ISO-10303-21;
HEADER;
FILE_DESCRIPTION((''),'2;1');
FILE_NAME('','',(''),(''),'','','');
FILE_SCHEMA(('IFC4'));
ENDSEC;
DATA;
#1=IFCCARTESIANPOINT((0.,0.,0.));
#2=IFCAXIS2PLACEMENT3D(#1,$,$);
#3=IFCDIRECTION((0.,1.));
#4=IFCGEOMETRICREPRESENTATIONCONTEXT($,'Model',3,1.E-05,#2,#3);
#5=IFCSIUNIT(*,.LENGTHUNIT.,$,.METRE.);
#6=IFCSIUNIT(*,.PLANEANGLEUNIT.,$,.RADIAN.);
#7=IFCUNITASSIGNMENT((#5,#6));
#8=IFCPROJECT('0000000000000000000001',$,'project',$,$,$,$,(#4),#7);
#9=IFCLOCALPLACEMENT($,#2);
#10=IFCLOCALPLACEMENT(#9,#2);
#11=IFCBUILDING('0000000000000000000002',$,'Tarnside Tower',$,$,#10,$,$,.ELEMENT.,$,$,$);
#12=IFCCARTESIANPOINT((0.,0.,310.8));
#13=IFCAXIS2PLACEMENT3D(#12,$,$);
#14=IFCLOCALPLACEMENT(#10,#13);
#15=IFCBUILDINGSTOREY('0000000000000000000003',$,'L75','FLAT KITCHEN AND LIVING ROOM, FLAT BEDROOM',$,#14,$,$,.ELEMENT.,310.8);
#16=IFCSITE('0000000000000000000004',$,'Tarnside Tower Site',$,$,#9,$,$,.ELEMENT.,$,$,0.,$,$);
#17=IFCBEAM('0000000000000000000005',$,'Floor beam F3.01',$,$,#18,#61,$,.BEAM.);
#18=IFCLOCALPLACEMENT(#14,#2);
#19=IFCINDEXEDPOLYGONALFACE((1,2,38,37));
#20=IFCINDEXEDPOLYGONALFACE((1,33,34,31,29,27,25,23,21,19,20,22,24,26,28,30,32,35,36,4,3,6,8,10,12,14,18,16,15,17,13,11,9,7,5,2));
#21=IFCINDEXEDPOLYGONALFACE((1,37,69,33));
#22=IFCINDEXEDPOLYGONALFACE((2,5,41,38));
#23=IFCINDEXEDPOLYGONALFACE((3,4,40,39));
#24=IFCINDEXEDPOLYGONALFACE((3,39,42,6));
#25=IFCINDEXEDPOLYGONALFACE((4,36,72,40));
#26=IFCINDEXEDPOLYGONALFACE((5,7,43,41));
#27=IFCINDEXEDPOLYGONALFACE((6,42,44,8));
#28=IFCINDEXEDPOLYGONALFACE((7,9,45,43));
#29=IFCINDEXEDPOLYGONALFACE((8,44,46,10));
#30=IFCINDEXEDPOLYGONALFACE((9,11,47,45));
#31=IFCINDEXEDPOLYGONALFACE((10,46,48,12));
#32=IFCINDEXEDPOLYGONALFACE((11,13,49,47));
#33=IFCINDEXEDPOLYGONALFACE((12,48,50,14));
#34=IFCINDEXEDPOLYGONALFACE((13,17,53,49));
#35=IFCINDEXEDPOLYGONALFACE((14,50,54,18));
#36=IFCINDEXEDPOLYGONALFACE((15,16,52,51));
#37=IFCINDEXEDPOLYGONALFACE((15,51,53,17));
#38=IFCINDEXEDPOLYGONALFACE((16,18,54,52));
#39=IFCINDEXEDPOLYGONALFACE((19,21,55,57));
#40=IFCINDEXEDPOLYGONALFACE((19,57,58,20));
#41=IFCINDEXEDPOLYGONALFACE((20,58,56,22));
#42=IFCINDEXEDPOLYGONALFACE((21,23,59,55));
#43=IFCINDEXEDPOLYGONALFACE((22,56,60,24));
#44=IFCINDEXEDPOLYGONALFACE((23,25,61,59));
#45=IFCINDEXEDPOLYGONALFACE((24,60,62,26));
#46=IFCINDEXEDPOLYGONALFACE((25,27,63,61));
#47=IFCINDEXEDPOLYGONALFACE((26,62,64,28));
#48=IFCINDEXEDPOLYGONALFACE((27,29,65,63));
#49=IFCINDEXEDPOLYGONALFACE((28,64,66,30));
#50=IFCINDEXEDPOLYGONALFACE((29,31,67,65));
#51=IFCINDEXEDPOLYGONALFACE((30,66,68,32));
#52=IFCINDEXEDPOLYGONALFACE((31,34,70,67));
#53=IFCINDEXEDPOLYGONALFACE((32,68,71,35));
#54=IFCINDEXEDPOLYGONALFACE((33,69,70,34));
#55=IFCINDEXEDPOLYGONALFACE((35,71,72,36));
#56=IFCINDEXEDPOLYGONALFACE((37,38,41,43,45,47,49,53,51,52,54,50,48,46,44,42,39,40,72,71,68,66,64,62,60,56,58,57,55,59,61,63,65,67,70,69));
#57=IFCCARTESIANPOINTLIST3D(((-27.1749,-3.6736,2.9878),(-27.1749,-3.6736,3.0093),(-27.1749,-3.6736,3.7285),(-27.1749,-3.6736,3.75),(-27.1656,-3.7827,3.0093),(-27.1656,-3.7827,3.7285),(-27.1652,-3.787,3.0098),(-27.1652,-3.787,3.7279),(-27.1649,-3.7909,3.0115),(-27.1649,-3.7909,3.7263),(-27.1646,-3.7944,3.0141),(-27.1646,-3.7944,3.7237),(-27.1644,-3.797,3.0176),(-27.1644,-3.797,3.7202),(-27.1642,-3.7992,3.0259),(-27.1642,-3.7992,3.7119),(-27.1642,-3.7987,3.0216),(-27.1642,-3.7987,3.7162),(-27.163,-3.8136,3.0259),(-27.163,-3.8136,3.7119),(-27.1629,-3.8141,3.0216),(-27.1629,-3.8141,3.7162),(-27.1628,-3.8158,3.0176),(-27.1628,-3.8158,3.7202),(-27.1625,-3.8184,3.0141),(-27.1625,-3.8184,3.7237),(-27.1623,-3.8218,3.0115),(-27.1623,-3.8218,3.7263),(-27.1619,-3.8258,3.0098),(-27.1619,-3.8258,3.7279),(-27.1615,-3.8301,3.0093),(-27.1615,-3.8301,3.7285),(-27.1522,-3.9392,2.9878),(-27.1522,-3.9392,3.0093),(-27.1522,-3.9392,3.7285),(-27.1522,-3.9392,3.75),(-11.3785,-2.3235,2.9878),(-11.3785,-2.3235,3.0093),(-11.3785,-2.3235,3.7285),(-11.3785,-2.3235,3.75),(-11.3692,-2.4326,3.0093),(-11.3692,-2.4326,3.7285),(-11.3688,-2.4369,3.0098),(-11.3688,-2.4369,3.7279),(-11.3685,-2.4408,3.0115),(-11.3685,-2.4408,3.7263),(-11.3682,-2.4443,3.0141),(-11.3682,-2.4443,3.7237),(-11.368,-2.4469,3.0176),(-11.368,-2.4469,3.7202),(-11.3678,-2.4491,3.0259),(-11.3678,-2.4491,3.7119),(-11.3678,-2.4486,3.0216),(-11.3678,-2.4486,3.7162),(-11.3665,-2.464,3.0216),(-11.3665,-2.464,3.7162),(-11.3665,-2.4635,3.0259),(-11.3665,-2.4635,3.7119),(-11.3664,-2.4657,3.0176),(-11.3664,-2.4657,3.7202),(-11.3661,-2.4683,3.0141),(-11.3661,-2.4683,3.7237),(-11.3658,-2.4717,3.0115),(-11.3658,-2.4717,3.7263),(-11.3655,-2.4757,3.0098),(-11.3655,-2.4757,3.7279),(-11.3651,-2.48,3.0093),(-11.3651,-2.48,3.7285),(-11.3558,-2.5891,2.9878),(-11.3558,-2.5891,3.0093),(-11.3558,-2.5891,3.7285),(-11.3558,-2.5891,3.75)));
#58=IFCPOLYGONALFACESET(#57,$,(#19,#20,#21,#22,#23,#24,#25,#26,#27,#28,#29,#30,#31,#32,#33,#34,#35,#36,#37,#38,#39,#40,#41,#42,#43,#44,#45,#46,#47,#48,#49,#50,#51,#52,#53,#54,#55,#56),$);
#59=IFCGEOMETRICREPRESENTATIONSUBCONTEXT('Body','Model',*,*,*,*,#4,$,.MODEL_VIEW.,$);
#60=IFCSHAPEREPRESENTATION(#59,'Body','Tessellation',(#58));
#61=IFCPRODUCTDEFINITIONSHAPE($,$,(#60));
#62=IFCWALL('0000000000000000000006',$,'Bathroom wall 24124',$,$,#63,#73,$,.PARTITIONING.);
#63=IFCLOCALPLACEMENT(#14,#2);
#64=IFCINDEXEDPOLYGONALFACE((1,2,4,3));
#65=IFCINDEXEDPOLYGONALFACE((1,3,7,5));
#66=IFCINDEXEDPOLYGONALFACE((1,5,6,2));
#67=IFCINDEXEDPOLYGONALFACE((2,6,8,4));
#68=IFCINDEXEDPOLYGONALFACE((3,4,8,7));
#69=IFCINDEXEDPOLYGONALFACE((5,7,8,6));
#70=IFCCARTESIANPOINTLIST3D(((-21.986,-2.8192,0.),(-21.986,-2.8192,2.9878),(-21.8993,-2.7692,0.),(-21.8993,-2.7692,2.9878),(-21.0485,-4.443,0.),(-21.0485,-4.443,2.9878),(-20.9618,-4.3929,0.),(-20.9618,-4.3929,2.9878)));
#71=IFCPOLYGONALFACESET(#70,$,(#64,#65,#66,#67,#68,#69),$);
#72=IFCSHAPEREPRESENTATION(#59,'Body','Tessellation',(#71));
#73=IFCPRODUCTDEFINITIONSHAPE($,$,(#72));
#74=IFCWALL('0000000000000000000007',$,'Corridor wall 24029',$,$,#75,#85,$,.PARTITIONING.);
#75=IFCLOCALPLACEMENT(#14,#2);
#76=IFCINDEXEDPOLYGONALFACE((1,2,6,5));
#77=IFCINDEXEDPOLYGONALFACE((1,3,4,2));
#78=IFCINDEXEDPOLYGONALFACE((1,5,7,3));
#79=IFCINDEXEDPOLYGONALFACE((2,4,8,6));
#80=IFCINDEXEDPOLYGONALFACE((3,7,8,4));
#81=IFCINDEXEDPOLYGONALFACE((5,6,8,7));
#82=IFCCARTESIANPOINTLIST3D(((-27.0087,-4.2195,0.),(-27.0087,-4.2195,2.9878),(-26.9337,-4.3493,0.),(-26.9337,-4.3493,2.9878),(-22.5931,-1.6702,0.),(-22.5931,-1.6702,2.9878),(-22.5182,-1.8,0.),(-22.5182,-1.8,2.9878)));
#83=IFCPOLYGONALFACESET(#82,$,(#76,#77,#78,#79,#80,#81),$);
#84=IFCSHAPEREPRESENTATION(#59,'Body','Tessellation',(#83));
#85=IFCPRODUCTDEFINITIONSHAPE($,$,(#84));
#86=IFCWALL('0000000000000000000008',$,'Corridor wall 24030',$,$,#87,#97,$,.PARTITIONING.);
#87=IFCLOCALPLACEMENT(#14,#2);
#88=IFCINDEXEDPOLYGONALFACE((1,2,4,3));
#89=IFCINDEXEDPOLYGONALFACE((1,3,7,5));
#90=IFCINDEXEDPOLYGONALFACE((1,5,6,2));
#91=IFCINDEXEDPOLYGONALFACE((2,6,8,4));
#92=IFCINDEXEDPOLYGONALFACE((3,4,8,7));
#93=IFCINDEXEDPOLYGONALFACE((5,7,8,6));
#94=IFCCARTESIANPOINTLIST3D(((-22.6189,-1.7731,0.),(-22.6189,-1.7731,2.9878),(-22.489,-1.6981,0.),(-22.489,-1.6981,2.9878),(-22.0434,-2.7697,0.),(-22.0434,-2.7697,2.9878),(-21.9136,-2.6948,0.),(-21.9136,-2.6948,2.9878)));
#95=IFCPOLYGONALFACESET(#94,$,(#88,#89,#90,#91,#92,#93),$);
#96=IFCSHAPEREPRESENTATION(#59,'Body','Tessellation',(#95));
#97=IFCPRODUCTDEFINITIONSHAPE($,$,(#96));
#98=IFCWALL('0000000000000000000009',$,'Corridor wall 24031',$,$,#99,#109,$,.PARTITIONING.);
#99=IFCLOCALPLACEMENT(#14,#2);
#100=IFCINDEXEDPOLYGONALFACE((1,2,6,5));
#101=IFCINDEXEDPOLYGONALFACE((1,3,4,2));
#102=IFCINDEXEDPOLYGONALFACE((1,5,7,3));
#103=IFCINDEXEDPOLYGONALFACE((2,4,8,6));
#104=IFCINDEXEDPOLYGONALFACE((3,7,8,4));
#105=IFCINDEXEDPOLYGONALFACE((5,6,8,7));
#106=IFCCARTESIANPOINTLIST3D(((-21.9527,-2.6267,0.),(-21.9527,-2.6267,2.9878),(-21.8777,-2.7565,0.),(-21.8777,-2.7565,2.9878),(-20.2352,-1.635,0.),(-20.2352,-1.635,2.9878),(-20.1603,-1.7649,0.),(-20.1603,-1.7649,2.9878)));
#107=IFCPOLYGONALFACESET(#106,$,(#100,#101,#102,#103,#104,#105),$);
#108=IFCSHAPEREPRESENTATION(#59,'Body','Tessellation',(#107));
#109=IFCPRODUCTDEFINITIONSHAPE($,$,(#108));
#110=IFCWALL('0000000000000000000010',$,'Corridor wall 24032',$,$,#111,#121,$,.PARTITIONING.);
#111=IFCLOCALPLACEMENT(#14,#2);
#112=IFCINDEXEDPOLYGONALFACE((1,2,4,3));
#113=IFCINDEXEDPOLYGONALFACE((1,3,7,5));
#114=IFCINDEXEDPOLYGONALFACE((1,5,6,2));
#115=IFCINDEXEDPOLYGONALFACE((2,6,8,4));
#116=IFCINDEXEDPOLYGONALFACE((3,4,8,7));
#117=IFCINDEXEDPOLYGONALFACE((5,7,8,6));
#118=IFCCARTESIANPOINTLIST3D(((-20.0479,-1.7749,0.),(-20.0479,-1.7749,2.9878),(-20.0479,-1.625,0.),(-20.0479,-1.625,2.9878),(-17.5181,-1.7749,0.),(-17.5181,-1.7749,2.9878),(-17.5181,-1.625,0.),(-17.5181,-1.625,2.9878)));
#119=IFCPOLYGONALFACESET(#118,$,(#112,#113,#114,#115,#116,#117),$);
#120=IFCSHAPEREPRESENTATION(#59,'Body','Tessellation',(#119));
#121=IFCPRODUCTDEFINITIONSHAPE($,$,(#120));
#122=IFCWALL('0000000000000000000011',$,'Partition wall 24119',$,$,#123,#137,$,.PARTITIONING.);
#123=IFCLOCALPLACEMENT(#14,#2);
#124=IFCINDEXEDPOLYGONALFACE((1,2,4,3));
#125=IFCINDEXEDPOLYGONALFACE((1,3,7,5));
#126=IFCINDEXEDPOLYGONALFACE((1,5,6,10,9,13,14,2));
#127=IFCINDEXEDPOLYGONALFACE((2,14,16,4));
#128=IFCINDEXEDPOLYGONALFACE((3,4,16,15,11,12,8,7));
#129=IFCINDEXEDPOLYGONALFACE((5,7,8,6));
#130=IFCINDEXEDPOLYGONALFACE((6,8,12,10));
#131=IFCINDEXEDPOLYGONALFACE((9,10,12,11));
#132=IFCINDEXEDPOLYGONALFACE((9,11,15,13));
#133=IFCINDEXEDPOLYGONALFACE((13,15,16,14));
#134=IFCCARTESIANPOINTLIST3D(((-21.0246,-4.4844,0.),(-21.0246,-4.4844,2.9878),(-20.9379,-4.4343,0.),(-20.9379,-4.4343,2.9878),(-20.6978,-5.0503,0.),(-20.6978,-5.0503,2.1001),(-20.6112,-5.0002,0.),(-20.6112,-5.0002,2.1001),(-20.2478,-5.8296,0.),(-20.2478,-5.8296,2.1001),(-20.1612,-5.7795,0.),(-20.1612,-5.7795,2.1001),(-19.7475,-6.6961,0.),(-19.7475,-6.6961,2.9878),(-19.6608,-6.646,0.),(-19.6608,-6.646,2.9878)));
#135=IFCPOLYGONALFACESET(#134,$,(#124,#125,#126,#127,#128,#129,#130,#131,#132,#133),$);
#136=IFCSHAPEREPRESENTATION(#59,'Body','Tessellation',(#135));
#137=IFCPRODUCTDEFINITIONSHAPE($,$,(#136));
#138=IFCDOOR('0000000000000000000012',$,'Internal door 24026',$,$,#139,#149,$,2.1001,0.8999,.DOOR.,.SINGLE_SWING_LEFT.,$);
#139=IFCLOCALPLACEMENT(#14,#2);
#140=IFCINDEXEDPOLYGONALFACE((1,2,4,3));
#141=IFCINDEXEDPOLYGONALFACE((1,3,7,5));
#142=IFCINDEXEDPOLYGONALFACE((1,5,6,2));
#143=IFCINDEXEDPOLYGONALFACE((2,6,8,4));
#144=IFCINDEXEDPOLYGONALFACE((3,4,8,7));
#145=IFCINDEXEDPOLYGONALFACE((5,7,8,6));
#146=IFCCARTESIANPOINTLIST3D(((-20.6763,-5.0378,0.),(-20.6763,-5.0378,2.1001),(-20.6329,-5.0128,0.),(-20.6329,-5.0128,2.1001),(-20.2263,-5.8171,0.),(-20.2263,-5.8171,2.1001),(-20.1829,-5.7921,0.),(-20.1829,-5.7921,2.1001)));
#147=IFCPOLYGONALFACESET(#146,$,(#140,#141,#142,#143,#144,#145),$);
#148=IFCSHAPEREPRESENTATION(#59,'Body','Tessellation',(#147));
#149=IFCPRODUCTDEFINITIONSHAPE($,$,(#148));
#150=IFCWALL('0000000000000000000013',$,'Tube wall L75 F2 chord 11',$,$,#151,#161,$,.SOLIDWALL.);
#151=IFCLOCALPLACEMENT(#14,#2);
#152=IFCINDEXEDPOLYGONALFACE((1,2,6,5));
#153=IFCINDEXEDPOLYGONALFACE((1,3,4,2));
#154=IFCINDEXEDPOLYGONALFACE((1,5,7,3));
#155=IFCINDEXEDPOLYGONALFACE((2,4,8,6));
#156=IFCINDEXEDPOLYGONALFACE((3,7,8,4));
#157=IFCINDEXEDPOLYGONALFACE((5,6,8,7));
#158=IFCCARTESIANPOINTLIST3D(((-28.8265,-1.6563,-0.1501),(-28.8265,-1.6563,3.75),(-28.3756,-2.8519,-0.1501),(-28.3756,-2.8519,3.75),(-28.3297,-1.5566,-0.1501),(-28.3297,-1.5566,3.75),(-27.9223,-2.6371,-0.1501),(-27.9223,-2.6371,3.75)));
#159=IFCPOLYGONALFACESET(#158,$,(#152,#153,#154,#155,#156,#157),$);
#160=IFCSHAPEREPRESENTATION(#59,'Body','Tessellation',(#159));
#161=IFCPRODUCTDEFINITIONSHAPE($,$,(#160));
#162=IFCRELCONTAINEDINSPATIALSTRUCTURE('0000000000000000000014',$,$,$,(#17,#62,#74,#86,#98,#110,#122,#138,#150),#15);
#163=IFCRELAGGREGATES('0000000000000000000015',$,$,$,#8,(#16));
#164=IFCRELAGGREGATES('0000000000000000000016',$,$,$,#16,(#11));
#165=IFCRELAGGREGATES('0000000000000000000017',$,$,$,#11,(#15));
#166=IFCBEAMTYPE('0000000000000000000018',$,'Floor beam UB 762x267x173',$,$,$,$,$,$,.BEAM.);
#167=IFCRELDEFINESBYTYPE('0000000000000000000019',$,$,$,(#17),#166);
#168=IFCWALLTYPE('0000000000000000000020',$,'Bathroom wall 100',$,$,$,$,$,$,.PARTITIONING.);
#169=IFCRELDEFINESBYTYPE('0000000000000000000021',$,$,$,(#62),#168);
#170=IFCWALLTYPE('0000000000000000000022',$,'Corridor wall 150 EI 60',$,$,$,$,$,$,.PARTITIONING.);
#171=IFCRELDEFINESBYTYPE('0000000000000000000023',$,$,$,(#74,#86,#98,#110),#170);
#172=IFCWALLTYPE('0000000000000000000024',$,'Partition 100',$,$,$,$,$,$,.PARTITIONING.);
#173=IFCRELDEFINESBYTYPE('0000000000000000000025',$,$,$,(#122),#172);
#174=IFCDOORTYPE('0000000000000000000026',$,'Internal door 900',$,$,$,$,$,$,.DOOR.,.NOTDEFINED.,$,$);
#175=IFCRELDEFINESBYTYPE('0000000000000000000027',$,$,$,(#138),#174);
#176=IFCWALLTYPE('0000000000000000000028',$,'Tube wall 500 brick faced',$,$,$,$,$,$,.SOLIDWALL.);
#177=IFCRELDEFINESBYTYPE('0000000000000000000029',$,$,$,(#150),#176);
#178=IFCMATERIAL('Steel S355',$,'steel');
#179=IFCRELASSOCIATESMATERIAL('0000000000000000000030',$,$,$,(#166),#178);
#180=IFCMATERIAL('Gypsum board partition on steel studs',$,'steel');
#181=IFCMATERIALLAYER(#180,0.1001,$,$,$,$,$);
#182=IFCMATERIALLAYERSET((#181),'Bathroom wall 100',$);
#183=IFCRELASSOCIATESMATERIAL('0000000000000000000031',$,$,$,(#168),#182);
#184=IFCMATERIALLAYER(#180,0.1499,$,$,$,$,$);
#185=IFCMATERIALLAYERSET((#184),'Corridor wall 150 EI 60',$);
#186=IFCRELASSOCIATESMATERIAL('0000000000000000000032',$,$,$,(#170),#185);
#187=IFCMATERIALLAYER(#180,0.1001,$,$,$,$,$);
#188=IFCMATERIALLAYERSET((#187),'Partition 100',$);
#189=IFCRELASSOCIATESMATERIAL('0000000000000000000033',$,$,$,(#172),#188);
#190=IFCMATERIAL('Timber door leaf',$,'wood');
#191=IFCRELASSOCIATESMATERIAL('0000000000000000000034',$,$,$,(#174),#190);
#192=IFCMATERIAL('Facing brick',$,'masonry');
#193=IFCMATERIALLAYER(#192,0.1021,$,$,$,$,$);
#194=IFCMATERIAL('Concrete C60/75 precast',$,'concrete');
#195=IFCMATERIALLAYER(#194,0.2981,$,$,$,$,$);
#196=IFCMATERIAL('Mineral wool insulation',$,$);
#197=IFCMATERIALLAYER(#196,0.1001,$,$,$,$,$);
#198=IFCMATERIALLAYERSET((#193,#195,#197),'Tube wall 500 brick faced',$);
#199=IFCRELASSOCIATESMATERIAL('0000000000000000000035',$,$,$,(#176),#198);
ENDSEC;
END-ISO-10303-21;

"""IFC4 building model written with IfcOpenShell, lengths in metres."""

from ifc_helpers import new_model, si_unit, direction, frame, frame_2d, origin, origin_2d, place, context, subcontext, project, spatial, polyline, rectangle, i_section, outline, extrude, material, layer, layer_set, material_profile, profile_set, type_object, element, fill, save


model = new_model("IFC4")

# Units and contexts
model_context = context("Model", 3, precision=1e-05, world=origin(), true_north=direction((0.0, 1.0)))
body_context = subcontext(model_context, "Body", "Model", "MODEL_VIEW")
ifc_project = project(units=[si_unit("LENGTHUNIT", "METRE"), si_unit("PLANEANGLEUNIT", "RADIAN")], contexts=[model_context])

# Site, building, storey
site_placement = place(None, origin())
site = spatial("IfcSite", under=ifc_project, at=site_placement, Name="Tarnside Tower Site", CompositionType="ELEMENT", RefElevation=0.0)
building_placement = place(site_placement, origin())
building = spatial("IfcBuilding", under=site, at=building_placement, Name="Tarnside Tower", CompositionType="ELEMENT")
storey_placement = place(building_placement, frame((0.0, 0.0, 310.8)))
storey = spatial("IfcBuildingStorey", under=building, at=storey_placement, Name="L75", Description="FLAT KITCHEN AND LIVING ROOM, FLAT BEDROOM", CompositionType="ELEMENT", Elevation=310.8)

# Beam
ifc_material_1 = material(Name="Steel S355", Category="steel")
ifc_material_profile = material_profile(ifc_material_1, i_section(OverallWidth=0.2666, OverallDepth=0.7622, WebThickness=0.0144, FlangeThickness=0.0215, FilletRadius=0.0166, at=origin_2d()), Name="UB 762x267x173")
ifc_profile_set = profile_set([ifc_material_profile], Name="Steel S355")
beam_type = type_object("IfcBeamType", Name="Floor beam UB 762x267x173", PredefinedType="BEAM", material=ifc_profile_set)
beam_placement = place(storey_placement, frame((-27.1636, -3.8064, 3.3689), z_axis=(0.996367, 0.085158, 0.0), x_axis=(-0.085158, 0.996367, 0.0)))
element("IfcBeam", 1, at=beam_placement, inside=storey, type_object=beam_type, Name="Floor beam F3.01", PredefinedType="BEAM", context=body_context, shape_type="SweptSolid", body=[
    extrude(i_section(OverallWidth=0.2666, OverallDepth=0.7622, WebThickness=0.0144, FlangeThickness=0.0215, FilletRadius=0.0166, at=origin_2d()), origin(), (0.0, 0.0, 1.0), 15.854),
])

# Walls
ifc_material_2 = material(Name="Gypsum board partition on steel studs", Category="steel")
ifc_layer_1 = layer(ifc_material_2, 0.1001)
ifc_layer_set_1 = layer_set([ifc_layer_1], Name="Bathroom wall 100")
wall_type_1 = type_object("IfcWallType", Name="Bathroom wall 100", PredefinedType="PARTITIONING", material=ifc_layer_set_1)
wall_1_placement = place(storey_placement, frame((-21.0051, -4.418, 0.0), z_axis=(0.0, 0.0, 1.0), x_axis=(-0.500004, 0.866023, 0.0)))
element("IfcWall", 2, at=wall_1_placement, inside=storey, type_object=wall_type_1, Name="Bathroom wall 24124", PredefinedType="PARTITIONING", context=body_context, shape_type="SweptSolid", body=[
    extrude(rectangle(XDim=1.875, YDim=0.1001, at=frame_2d((0.9375, 0.0))), origin(), (0.0, 0.0, 1.0), 2.9878),
])
ifc_layer_2 = layer(ifc_material_2, 0.1499)
ifc_layer_set_2 = layer_set([ifc_layer_2], Name="Corridor wall 150 EI 60")
wall_type_2 = type_object("IfcWallType", Name="Corridor wall 150 EI 60", PredefinedType="PARTITIONING", material=ifc_layer_set_2)
wall_2_placement = place(storey_placement, frame((-26.9712, -4.2844, 0.0), z_axis=(0.0, 0.0, 1.0), x_axis=(0.866025, 0.500002, 0.0)))
element("IfcWall", 3, at=wall_2_placement, inside=storey, type_object=wall_type_2, Name="Corridor wall 24029", PredefinedType="PARTITIONING", context=body_context, shape_type="SweptSolid", body=[
    extrude(rectangle(XDim=5.0986, YDim=0.1499, at=frame_2d((2.5493, 0.0))), origin(), (0.0, 0.0, 1.0), 2.9878),
])
wall_3_placement = place(storey_placement, frame((-22.554, -1.7356, 0.0), z_axis=(0.0, 0.0, 1.0), x_axis=(0.500041, -0.866002, 0.0)))
element("IfcWall", 4, at=wall_3_placement, inside=storey, type_object=wall_type_2, Name="Corridor wall 24030", PredefinedType="PARTITIONING", context=body_context, shape_type="SweptSolid", body=[
    extrude(rectangle(XDim=1.1509, YDim=0.1499, at=frame_2d((0.5754, 0.0))), origin(), (0.0, 0.0, 1.0), 2.9878),
])
wall_4_placement = place(storey_placement, frame((-21.9153, -2.6917, 0.0), z_axis=(0.0, 0.0, 1.0), x_axis=(0.866007, 0.500031, 0.0)))
element("IfcWall", 5, at=wall_4_placement, inside=storey, type_object=wall_type_2, Name="Corridor wall 24031", PredefinedType="PARTITIONING", context=body_context, shape_type="SweptSolid", body=[
    extrude(rectangle(XDim=1.9832, YDim=0.1499, at=frame_2d((0.9917, 0.0))), origin(), (0.0, 0.0, 1.0), 2.9878),
])
wall_5_placement = place(storey_placement, frame((-20.0479, -1.7, 0.0), z_axis=(0.0, 0.0, 1.0), x_axis=(1.0, 0.0, 0.0)))
element("IfcWall", 6, at=wall_5_placement, inside=storey, type_object=wall_type_2, Name="Corridor wall 24032", PredefinedType="PARTITIONING", context=body_context, shape_type="SweptSolid", body=[
    extrude(rectangle(XDim=2.5298, YDim=0.1499, at=frame_2d((1.2649, 0.0))), origin(), (0.0, 0.0, 1.0), 2.9878),
])

# Wall, opening, door
ifc_layer_3 = layer(ifc_material_2, 0.1001)
ifc_layer_set_3 = layer_set([ifc_layer_3], Name="Partition 100")
wall_type_3 = type_object("IfcWallType", Name="Partition 100", PredefinedType="PARTITIONING", material=ifc_layer_set_3)
wall_6_placement = place(storey_placement, frame((-20.9812, -4.4595, 0.0), z_axis=(0.0, 0.0, 1.0), x_axis=(0.500056, -0.865993, 0.0)))
wall_6 = element("IfcWall", 7, at=wall_6_placement, inside=storey, type_object=wall_type_3, Name="Partition wall 24119", PredefinedType="PARTITIONING", context=body_context, shape_type="SweptSolid", body=[
    extrude(rectangle(XDim=2.554, YDim=0.1001, at=frame_2d((1.2769, 0.0))), origin(), (0.0, 0.0, 1.0), 2.9878),
])
opening_1_placement = place(wall_6_placement, frame((0.6533, 0.0, 0.0)))
opening_1 = element("IfcOpeningElement", 8, at=opening_1_placement, cuts=wall_6, PredefinedType="OPENING", context=body_context, shape_type="SweptSolid", body=[
    extrude(rectangle(XDim=0.8999, YDim=2.1001, at=frame_2d((0.45, 1.05))), frame((0.0, 0.0601, 0.0), z_axis=(0.0, -1.0, 0.0), x_axis=(1.0, 0.0, 0.0)), (0.0, 0.0, 1.0), 0.1201),
])
ifc_material_3 = material(Name="Timber door leaf", Category="wood")
door_type = type_object("IfcDoorType", Name="Internal door 900", OperationType="NOTDEFINED", PredefinedType="DOOR", material=ifc_material_3)
door_placement = place(opening_1_placement, origin())
door = element("IfcDoor", 9, at=door_placement, inside=storey, type_object=door_type, Name="Internal door 24026", OperationType="SINGLE_SWING_LEFT", OverallHeight=2.1001, OverallWidth=0.8999, PredefinedType="DOOR", context=body_context, shape_type="SweptSolid", body=[
    extrude(rectangle(XDim=0.8999, YDim=2.1001, at=frame_2d((0.45, 1.05))), frame((0.0, 0.0249, 0.0), z_axis=(0.0, -1.0, 0.0), x_axis=(1.0, 0.0, 0.0)), (0.0, 0.0, 1.0), 0.05),
])
fill(opening_1, door)

# Wall
ifc_material_4 = material(Name="Facing brick", Category="masonry")
ifc_layer_4 = layer(ifc_material_4, 0.1021)
ifc_material_5 = material(Name="Concrete C60/75 precast", Category="concrete")
ifc_layer_5 = layer(ifc_material_5, 0.2981)
ifc_material_6 = material(Name="Mineral wool insulation")
ifc_layer_6 = layer(ifc_material_6, 0.1001)
ifc_layer_set_4 = layer_set([ifc_layer_4, ifc_layer_5, ifc_layer_6], Name="Tube wall 500 brick faced")
wall_type_4 = type_object("IfcWallType", Name="Tube wall 500 brick faced", PredefinedType="SOLIDWALL", material=ifc_layer_set_4)
wall_7_placement = place(storey_placement, frame((-28.5781, -1.6064, -0.1501), z_axis=(0.0, 0.0, 1.0), x_axis=(0.352838, -0.935684, 0.0)))
element("IfcWall", 10, at=wall_7_placement, inside=storey, type_object=wall_type_4, Name="Tube wall L75 F2 chord 11", PredefinedType="SOLIDWALL", context=body_context, shape_type="SweptSolid", body=[
    extrude(outline(polyline([(-0.041, -0.25), (1.2368, -0.25), (1.1958, 0.25), (0.041, 0.25), (-0.041, -0.25)])), origin(), (0.0, 0.0, 1.0), 3.9001),
])

save(model, "model.ifc")
